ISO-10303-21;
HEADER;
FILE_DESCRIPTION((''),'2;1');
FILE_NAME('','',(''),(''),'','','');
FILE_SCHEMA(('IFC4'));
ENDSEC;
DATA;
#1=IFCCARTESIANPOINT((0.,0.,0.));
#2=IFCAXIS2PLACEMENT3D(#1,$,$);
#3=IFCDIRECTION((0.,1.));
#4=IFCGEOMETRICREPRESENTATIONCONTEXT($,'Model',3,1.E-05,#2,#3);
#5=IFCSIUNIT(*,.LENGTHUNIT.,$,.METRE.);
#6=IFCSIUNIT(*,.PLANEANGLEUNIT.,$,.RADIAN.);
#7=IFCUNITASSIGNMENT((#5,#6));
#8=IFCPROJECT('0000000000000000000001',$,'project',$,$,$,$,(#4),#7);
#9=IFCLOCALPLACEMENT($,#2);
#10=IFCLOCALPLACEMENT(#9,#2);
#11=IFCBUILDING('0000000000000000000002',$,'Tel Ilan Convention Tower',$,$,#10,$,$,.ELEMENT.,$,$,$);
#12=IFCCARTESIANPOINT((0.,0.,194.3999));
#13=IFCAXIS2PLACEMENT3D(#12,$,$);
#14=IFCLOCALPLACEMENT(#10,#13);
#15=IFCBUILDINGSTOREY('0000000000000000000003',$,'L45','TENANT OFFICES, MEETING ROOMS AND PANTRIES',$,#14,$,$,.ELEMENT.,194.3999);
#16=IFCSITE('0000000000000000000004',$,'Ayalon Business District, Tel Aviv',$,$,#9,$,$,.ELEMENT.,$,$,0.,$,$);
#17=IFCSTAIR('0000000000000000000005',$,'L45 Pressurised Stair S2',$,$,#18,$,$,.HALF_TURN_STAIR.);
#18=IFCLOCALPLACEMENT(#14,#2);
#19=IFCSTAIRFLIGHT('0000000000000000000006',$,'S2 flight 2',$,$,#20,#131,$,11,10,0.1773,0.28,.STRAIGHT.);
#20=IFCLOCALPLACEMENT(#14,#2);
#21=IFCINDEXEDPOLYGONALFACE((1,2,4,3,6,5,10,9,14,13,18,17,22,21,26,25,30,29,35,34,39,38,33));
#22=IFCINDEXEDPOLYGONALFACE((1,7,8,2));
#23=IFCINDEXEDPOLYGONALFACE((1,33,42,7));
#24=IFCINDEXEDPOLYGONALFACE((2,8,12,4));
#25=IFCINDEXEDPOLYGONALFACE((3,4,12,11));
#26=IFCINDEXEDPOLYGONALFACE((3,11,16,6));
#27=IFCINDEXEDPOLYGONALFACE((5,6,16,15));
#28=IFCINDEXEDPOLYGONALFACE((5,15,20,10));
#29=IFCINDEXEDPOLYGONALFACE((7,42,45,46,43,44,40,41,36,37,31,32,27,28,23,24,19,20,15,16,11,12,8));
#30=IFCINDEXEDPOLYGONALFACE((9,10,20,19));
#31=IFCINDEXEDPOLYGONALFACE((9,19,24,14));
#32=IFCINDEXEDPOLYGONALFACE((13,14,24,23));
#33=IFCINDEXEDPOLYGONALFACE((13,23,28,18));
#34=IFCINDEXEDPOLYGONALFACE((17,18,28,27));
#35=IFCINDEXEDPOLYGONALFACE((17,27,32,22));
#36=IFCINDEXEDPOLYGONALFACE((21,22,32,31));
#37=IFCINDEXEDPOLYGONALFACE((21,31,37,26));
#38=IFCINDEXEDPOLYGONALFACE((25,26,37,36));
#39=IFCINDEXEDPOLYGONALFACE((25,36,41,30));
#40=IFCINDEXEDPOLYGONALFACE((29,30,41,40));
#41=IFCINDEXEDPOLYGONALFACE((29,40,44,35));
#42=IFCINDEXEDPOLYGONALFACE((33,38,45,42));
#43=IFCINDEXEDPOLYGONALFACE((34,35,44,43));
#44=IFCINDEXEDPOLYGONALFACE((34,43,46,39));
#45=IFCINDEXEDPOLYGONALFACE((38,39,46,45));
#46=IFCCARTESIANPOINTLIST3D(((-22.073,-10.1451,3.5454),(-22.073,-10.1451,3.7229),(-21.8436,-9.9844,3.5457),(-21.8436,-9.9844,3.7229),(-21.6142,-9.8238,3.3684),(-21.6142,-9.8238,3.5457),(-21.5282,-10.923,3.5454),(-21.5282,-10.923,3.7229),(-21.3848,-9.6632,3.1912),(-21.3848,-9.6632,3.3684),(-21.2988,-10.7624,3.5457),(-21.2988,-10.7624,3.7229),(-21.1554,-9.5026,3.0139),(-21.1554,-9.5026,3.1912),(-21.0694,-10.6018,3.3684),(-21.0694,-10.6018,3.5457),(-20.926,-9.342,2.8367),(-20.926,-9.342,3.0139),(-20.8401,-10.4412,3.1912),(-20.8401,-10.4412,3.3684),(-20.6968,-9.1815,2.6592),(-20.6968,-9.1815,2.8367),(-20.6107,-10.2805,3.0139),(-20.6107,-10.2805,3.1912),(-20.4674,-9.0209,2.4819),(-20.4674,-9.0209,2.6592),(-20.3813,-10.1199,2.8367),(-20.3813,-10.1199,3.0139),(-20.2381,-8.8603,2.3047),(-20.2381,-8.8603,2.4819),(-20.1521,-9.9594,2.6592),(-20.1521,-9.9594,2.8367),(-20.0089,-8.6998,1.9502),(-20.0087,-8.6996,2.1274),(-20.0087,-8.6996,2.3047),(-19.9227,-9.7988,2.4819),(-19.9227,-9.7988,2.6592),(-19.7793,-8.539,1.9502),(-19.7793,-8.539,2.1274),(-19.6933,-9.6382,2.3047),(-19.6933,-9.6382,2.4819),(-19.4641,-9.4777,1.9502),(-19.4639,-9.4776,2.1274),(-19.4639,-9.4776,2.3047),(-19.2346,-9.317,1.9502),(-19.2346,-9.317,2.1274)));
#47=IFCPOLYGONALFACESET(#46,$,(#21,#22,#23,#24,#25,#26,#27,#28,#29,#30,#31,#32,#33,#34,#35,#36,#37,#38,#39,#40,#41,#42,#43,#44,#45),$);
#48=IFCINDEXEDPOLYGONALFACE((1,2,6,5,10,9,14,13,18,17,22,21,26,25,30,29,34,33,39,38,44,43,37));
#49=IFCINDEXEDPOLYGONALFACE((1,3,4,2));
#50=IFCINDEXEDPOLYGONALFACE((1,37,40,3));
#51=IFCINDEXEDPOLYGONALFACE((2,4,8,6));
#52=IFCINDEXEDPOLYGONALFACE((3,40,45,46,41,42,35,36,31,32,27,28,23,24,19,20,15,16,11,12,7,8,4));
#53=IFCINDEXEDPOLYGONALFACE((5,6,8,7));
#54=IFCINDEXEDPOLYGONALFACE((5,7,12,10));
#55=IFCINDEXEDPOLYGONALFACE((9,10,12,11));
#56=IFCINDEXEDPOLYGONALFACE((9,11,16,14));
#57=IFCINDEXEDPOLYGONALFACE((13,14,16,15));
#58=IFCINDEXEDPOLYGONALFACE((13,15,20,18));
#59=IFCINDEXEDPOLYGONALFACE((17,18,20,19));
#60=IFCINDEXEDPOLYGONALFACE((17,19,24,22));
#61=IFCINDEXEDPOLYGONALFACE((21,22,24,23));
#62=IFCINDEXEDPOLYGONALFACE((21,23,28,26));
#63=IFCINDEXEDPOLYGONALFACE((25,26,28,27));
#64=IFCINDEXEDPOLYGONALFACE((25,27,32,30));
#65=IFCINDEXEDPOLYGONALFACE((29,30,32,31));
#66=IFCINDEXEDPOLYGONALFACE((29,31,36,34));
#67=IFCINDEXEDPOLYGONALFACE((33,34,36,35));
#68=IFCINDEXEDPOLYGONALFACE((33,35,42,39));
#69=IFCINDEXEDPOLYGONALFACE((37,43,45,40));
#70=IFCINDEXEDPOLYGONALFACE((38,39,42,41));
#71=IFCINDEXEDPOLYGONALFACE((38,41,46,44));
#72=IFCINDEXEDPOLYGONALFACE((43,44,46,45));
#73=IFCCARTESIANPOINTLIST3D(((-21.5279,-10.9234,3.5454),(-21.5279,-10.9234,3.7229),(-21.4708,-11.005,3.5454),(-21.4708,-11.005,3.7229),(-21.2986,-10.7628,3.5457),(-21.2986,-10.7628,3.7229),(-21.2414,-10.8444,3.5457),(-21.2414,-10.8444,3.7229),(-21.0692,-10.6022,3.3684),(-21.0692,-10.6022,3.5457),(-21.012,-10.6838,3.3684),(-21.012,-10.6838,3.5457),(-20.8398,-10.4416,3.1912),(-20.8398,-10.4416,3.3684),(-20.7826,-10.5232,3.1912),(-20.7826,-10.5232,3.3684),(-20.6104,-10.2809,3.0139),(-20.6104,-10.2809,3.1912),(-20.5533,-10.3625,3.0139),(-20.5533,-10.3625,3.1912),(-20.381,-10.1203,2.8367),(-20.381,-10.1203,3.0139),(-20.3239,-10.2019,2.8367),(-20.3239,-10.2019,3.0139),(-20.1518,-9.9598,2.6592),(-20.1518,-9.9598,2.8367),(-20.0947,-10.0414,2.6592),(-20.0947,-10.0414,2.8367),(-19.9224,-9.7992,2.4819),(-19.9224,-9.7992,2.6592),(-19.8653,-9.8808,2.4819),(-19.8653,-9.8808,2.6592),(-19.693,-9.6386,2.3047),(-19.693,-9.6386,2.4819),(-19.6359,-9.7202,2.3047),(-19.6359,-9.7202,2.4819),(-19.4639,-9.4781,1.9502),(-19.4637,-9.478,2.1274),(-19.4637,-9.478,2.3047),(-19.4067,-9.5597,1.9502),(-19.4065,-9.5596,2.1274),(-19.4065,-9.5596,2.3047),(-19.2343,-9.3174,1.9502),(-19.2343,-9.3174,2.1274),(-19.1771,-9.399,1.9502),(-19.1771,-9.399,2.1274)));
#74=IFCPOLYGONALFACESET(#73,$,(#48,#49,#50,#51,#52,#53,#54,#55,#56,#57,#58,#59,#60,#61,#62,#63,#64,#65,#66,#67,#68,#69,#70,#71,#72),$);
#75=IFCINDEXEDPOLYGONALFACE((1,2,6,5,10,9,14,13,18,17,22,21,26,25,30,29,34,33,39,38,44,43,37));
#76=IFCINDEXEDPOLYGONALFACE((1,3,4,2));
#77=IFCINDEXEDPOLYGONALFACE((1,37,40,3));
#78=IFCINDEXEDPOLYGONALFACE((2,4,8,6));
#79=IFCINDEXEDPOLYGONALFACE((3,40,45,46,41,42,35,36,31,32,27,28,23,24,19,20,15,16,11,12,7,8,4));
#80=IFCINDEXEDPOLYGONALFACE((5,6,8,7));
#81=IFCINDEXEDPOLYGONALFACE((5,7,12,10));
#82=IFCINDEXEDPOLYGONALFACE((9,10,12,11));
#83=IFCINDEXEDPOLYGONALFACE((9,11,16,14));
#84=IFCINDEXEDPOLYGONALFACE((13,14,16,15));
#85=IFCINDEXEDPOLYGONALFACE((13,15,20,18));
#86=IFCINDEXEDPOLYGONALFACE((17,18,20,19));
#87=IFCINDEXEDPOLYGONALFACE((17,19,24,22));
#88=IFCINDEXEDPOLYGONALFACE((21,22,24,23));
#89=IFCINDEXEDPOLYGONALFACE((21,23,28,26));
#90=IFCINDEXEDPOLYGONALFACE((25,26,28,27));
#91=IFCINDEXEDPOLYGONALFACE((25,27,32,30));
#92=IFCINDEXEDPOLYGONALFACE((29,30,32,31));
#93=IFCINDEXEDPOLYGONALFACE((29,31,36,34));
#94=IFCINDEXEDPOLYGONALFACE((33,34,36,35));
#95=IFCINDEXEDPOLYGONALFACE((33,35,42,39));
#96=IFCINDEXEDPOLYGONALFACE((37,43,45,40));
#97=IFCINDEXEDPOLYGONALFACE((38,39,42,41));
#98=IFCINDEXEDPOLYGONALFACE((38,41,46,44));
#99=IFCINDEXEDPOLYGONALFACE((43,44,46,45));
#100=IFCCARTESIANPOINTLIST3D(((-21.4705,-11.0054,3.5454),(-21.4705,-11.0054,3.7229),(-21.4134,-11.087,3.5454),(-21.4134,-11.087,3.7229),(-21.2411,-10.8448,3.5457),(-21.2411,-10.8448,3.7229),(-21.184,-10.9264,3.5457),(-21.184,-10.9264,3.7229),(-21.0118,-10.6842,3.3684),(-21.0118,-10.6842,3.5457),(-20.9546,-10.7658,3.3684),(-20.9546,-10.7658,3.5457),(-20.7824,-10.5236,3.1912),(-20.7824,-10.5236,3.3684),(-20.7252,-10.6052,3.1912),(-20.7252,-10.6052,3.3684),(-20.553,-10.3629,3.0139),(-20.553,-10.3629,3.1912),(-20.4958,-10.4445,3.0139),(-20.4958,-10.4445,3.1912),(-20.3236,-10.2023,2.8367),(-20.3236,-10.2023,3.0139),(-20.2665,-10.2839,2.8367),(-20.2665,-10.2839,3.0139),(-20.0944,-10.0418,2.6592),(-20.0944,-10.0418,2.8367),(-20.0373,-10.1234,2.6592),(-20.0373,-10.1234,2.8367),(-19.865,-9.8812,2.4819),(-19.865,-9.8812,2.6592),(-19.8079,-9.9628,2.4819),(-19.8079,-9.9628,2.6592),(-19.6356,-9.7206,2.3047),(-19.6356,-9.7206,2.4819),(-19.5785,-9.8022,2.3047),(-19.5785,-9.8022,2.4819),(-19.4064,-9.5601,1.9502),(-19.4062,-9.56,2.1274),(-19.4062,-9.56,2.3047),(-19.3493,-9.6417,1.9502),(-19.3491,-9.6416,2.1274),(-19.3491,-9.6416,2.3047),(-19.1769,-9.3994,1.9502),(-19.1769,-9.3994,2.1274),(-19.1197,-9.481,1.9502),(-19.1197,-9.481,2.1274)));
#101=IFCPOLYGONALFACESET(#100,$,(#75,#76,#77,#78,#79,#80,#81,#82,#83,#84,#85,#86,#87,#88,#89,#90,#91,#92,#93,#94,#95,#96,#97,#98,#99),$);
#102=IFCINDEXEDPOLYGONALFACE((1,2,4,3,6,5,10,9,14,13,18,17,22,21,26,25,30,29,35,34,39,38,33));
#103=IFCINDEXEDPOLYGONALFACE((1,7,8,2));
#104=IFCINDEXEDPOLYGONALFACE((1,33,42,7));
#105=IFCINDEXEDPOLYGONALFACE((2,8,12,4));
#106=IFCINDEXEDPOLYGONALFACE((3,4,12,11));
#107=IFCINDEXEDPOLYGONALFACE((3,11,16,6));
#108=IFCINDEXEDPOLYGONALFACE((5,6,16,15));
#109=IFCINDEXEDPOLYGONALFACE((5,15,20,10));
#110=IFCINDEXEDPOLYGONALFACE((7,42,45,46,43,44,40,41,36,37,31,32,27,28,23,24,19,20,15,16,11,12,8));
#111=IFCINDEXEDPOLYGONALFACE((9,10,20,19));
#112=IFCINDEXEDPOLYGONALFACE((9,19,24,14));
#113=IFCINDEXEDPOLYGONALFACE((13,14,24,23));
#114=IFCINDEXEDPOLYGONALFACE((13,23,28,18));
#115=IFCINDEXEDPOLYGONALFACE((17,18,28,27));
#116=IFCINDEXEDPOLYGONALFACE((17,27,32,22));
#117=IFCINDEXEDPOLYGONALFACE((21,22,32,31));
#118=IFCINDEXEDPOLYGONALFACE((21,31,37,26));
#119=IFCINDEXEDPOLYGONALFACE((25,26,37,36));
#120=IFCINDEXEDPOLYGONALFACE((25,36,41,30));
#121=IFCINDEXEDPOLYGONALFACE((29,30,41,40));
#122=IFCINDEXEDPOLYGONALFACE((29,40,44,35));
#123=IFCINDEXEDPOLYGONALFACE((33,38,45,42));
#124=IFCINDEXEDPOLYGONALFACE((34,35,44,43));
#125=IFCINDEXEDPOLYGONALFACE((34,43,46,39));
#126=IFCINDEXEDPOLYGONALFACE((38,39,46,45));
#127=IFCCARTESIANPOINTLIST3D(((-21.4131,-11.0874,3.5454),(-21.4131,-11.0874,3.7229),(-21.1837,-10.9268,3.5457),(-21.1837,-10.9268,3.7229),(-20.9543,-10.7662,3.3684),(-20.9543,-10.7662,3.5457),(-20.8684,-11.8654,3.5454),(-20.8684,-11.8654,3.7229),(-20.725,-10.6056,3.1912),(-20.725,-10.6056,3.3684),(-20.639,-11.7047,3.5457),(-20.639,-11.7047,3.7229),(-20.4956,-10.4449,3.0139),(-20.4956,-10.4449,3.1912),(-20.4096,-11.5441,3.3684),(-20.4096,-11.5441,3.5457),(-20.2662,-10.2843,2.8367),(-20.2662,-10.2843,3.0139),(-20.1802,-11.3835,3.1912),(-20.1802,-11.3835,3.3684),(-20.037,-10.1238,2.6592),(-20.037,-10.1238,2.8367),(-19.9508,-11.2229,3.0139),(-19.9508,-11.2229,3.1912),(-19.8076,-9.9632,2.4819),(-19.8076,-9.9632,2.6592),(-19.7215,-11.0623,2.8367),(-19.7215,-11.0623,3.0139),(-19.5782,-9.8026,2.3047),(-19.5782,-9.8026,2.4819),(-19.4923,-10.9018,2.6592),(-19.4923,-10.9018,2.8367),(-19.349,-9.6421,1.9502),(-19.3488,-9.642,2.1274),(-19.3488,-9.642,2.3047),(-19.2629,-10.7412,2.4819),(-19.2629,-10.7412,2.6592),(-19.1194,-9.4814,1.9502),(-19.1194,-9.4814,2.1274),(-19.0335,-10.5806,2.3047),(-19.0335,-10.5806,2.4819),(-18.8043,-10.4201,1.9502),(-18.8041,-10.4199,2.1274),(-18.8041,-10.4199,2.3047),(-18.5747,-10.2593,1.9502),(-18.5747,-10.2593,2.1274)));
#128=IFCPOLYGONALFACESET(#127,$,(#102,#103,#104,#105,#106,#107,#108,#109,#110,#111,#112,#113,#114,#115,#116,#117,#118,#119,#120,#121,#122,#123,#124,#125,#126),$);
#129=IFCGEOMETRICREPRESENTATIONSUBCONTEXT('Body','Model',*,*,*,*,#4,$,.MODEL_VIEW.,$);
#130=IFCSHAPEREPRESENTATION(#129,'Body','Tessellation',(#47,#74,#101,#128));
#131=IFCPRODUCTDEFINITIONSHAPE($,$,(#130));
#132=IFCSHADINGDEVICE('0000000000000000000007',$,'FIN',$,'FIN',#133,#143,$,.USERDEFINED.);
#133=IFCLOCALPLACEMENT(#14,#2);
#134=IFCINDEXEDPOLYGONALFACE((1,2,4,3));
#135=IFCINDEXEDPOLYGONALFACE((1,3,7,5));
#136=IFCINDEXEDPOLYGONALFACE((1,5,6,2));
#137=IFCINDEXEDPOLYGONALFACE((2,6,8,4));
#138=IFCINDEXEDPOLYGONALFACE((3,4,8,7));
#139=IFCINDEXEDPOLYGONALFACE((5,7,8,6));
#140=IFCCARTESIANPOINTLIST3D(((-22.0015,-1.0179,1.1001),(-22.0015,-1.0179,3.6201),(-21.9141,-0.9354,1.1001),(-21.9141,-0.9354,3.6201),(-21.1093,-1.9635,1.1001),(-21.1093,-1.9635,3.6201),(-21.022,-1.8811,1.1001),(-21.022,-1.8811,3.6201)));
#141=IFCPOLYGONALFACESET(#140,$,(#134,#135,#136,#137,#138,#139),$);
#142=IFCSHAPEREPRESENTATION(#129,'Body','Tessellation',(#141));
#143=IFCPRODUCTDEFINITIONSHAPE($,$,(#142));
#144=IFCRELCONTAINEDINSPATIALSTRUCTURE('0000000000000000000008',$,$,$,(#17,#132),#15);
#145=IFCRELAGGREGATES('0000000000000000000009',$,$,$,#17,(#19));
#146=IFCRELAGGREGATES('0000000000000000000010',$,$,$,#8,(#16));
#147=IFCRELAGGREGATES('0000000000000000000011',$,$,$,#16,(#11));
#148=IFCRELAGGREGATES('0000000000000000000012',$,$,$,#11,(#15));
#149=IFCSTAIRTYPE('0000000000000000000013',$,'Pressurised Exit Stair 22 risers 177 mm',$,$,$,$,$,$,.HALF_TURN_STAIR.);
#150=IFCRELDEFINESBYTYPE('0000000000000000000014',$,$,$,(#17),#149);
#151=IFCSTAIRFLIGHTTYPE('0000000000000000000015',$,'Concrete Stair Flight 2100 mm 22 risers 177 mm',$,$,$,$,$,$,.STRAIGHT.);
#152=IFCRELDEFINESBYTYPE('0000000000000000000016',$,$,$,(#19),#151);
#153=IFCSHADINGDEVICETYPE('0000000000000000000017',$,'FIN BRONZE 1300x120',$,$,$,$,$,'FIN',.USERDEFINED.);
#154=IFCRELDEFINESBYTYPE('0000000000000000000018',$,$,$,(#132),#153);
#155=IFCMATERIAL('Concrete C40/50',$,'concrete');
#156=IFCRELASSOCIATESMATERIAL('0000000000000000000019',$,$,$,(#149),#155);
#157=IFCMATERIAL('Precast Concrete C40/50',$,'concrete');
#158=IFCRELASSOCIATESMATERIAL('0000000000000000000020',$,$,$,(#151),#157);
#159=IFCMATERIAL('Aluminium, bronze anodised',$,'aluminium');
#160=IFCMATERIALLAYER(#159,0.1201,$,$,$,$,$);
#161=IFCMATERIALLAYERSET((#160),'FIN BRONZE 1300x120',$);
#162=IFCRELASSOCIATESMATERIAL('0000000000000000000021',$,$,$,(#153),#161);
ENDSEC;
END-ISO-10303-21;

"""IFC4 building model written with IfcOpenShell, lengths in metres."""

from ifc_helpers import new_model, si_unit, direction, frame, origin, origin_2d, place, context, subcontext, project, spatial, polyline, rectangle, outline, extrude, material, layer, layer_set, type_object, element, aggregate, save


model = new_model("IFC4")

# Units and contexts
model_context = context("Model", 3, precision=1e-05, world=origin(), true_north=direction((0.0, 1.0)))
body_context = subcontext(model_context, "Body", "Model", "MODEL_VIEW")
ifc_project = project(units=[si_unit("LENGTHUNIT", "METRE"), si_unit("PLANEANGLEUNIT", "RADIAN")], contexts=[model_context])

# Site, building, storey
site_placement = place(None, origin())
site = spatial("IfcSite", under=ifc_project, at=site_placement, Name="Ayalon Business District, Tel Aviv", CompositionType="ELEMENT", RefElevation=0.0)
building_placement = place(site_placement, origin())
building = spatial("IfcBuilding", under=site, at=building_placement, Name="Tel Ilan Convention Tower", CompositionType="ELEMENT")
storey_placement = place(building_placement, frame((0.0, 0.0, 194.3999)))
storey = spatial("IfcBuildingStorey", under=building, at=storey_placement, Name="L45", Description="TENANT OFFICES, MEETING ROOMS AND PANTRIES", CompositionType="ELEMENT", Elevation=194.3999)

# Stair, stair flight
ifc_material_1 = material(Name="Concrete C40/50", Category="concrete")
stair_type = type_object("IfcStairType", Name="Pressurised Exit Stair 22 risers 177 mm", PredefinedType="HALF_TURN_STAIR", material=ifc_material_1)
ifc_material_2 = material(Name="Precast Concrete C40/50", Category="concrete")
stair_flight_type = type_object("IfcStairFlightType", Name="Concrete Stair Flight 2100 mm 22 risers 177 mm", PredefinedType="STRAIGHT", material=ifc_material_2)
stair_1_placement = place(storey_placement, origin())
stair_1 = element("IfcStair", 1, at=stair_1_placement, inside=storey, type_object=stair_type, Name="L45 Pressurised Stair S2", PredefinedType="HALF_TURN_STAIR")
stair_flight_1_placement = place(storey_placement, frame((-19.177, -9.3992, 1.9502), z_axis=(0.0, 0.0, 1.0), x_axis=(-0.819152, -0.573576, 0.0)))
stair_flight_1 = element("IfcStairFlight", 2, at=stair_flight_1_placement, type_object=stair_flight_type, Name="S2 flight 2", NumberOfRisers=11, NumberOfTreads=10, PredefinedType="STRAIGHT", RiserHeight=0.1773, TreadLength=0.28, context=body_context, shape_type="SweptSolid", body=[
    extrude(outline(polyline([(0.0, 0.0), (0.0, 0.1772), (0.28, 0.1772), (0.28, 0.3545), (0.5601, 0.3545), (0.5601, 0.5317), (0.8401, 0.5317), (0.8401, 0.709), (1.1201, 0.709), (1.1201, 0.8865), (1.3999, 0.8865), (1.3999, 1.0637), (1.6799, 1.0637), (1.6799, 1.241), (1.96, 1.241), (1.96, 1.4182), (2.24, 1.4182), (2.24, 1.5955), (2.52, 1.5955), (2.52, 1.7727), (2.8, 1.7727), (2.8, 1.95), (2.8, 1.5952), (0.2803, 0.0), (0.0, 0.0)])), frame((0.0, -0.1003, 0.0), z_axis=(0.0, -1.0, 0.0), x_axis=(1.0, 0.0, 0.0)), (0.0, 0.0, 1.0), 0.9497),
    extrude(outline(polyline([(0.0, 0.0), (0.0, 0.1772), (0.28, 0.1772), (0.28, 0.3545), (0.5601, 0.3545), (0.5601, 0.5317), (0.8401, 0.5317), (0.8401, 0.709), (1.1201, 0.709), (1.1201, 0.8865), (1.3999, 0.8865), (1.3999, 1.0637), (1.6799, 1.0637), (1.6799, 1.241), (1.96, 1.241), (1.96, 1.4182), (2.24, 1.4182), (2.24, 1.5955), (2.52, 1.5955), (2.52, 1.7727), (2.8, 1.7727), (2.8, 1.95), (2.8, 1.5952), (0.2803, 0.0), (0.0, 0.0)])), frame((0.0, -0.0002, 0.0), z_axis=(0.0, -1.0, 0.0), x_axis=(1.0, 0.0, 0.0)), (0.0, 0.0, 1.0), 0.0996),
    extrude(outline(polyline([(0.0, 0.0), (0.0, 0.1772), (0.28, 0.1772), (0.28, 0.3545), (0.5601, 0.3545), (0.5601, 0.5317), (0.8401, 0.5317), (0.8401, 0.709), (1.1201, 0.709), (1.1201, 0.8865), (1.3999, 0.8865), (1.3999, 1.0637), (1.6799, 1.0637), (1.6799, 1.241), (1.96, 1.241), (1.96, 1.4182), (2.24, 1.4182), (2.24, 1.5955), (2.52, 1.5955), (2.52, 1.7727), (2.8, 1.7727), (2.8, 1.95), (2.8, 1.5952), (0.2803, 0.0), (0.0, 0.0)])), frame((0.0, 0.0999, 0.0), z_axis=(0.0, -1.0, 0.0), x_axis=(1.0, 0.0, 0.0)), (0.0, 0.0, 1.0), 0.0996),
    extrude(outline(polyline([(0.0, 0.0), (0.0, 0.1772), (0.28, 0.1772), (0.28, 0.3545), (0.5601, 0.3545), (0.5601, 0.5317), (0.8401, 0.5317), (0.8401, 0.709), (1.1201, 0.709), (1.1201, 0.8865), (1.3999, 0.8865), (1.3999, 1.0637), (1.6799, 1.0637), (1.6799, 1.241), (1.96, 1.241), (1.96, 1.4182), (2.24, 1.4182), (2.24, 1.5955), (2.52, 1.5955), (2.52, 1.7727), (2.8, 1.7727), (2.8, 1.95), (2.8, 1.5952), (0.2803, 0.0), (0.0, 0.0)])), frame((0.0, 1.05, 0.0), z_axis=(0.0, -1.0, 0.0), x_axis=(1.0, 0.0, 0.0)), (0.0, 0.0, 1.0), 0.9497),
])
aggregate(stair_1, [stair_flight_1])

# Shading device
ifc_material_3 = material(Name="Aluminium, bronze anodised", Category="aluminium")
ifc_layer_1 = layer(ifc_material_3, 0.1201)
ifc_layer_set_1 = layer_set([ifc_layer_1], Name="FIN BRONZE 1300x120")
shading_device_type = type_object("IfcShadingDeviceType", Name="FIN BRONZE 1300x120", ElementType="FIN", PredefinedType="USERDEFINED", material=ifc_layer_set_1)
shading_device_placement = place(storey_placement, frame((-21.5117, -1.4495, 1.1001), z_axis=(0.0, 0.0, 1.0), x_axis=(-0.686242, 0.727374, 0.0)))
element("IfcShadingDevice", 3, at=shading_device_placement, inside=storey, type_object=shading_device_type, Name="FIN", ObjectType="FIN", PredefinedType="USERDEFINED", context=body_context, shape_type="SweptSolid", body=[
    extrude(rectangle(XDim=1.3, YDim=0.1201, at=origin_2d()), origin(), (0.0, 0.0, 1.0), 2.52),
])

save(model, "model.ifc")
